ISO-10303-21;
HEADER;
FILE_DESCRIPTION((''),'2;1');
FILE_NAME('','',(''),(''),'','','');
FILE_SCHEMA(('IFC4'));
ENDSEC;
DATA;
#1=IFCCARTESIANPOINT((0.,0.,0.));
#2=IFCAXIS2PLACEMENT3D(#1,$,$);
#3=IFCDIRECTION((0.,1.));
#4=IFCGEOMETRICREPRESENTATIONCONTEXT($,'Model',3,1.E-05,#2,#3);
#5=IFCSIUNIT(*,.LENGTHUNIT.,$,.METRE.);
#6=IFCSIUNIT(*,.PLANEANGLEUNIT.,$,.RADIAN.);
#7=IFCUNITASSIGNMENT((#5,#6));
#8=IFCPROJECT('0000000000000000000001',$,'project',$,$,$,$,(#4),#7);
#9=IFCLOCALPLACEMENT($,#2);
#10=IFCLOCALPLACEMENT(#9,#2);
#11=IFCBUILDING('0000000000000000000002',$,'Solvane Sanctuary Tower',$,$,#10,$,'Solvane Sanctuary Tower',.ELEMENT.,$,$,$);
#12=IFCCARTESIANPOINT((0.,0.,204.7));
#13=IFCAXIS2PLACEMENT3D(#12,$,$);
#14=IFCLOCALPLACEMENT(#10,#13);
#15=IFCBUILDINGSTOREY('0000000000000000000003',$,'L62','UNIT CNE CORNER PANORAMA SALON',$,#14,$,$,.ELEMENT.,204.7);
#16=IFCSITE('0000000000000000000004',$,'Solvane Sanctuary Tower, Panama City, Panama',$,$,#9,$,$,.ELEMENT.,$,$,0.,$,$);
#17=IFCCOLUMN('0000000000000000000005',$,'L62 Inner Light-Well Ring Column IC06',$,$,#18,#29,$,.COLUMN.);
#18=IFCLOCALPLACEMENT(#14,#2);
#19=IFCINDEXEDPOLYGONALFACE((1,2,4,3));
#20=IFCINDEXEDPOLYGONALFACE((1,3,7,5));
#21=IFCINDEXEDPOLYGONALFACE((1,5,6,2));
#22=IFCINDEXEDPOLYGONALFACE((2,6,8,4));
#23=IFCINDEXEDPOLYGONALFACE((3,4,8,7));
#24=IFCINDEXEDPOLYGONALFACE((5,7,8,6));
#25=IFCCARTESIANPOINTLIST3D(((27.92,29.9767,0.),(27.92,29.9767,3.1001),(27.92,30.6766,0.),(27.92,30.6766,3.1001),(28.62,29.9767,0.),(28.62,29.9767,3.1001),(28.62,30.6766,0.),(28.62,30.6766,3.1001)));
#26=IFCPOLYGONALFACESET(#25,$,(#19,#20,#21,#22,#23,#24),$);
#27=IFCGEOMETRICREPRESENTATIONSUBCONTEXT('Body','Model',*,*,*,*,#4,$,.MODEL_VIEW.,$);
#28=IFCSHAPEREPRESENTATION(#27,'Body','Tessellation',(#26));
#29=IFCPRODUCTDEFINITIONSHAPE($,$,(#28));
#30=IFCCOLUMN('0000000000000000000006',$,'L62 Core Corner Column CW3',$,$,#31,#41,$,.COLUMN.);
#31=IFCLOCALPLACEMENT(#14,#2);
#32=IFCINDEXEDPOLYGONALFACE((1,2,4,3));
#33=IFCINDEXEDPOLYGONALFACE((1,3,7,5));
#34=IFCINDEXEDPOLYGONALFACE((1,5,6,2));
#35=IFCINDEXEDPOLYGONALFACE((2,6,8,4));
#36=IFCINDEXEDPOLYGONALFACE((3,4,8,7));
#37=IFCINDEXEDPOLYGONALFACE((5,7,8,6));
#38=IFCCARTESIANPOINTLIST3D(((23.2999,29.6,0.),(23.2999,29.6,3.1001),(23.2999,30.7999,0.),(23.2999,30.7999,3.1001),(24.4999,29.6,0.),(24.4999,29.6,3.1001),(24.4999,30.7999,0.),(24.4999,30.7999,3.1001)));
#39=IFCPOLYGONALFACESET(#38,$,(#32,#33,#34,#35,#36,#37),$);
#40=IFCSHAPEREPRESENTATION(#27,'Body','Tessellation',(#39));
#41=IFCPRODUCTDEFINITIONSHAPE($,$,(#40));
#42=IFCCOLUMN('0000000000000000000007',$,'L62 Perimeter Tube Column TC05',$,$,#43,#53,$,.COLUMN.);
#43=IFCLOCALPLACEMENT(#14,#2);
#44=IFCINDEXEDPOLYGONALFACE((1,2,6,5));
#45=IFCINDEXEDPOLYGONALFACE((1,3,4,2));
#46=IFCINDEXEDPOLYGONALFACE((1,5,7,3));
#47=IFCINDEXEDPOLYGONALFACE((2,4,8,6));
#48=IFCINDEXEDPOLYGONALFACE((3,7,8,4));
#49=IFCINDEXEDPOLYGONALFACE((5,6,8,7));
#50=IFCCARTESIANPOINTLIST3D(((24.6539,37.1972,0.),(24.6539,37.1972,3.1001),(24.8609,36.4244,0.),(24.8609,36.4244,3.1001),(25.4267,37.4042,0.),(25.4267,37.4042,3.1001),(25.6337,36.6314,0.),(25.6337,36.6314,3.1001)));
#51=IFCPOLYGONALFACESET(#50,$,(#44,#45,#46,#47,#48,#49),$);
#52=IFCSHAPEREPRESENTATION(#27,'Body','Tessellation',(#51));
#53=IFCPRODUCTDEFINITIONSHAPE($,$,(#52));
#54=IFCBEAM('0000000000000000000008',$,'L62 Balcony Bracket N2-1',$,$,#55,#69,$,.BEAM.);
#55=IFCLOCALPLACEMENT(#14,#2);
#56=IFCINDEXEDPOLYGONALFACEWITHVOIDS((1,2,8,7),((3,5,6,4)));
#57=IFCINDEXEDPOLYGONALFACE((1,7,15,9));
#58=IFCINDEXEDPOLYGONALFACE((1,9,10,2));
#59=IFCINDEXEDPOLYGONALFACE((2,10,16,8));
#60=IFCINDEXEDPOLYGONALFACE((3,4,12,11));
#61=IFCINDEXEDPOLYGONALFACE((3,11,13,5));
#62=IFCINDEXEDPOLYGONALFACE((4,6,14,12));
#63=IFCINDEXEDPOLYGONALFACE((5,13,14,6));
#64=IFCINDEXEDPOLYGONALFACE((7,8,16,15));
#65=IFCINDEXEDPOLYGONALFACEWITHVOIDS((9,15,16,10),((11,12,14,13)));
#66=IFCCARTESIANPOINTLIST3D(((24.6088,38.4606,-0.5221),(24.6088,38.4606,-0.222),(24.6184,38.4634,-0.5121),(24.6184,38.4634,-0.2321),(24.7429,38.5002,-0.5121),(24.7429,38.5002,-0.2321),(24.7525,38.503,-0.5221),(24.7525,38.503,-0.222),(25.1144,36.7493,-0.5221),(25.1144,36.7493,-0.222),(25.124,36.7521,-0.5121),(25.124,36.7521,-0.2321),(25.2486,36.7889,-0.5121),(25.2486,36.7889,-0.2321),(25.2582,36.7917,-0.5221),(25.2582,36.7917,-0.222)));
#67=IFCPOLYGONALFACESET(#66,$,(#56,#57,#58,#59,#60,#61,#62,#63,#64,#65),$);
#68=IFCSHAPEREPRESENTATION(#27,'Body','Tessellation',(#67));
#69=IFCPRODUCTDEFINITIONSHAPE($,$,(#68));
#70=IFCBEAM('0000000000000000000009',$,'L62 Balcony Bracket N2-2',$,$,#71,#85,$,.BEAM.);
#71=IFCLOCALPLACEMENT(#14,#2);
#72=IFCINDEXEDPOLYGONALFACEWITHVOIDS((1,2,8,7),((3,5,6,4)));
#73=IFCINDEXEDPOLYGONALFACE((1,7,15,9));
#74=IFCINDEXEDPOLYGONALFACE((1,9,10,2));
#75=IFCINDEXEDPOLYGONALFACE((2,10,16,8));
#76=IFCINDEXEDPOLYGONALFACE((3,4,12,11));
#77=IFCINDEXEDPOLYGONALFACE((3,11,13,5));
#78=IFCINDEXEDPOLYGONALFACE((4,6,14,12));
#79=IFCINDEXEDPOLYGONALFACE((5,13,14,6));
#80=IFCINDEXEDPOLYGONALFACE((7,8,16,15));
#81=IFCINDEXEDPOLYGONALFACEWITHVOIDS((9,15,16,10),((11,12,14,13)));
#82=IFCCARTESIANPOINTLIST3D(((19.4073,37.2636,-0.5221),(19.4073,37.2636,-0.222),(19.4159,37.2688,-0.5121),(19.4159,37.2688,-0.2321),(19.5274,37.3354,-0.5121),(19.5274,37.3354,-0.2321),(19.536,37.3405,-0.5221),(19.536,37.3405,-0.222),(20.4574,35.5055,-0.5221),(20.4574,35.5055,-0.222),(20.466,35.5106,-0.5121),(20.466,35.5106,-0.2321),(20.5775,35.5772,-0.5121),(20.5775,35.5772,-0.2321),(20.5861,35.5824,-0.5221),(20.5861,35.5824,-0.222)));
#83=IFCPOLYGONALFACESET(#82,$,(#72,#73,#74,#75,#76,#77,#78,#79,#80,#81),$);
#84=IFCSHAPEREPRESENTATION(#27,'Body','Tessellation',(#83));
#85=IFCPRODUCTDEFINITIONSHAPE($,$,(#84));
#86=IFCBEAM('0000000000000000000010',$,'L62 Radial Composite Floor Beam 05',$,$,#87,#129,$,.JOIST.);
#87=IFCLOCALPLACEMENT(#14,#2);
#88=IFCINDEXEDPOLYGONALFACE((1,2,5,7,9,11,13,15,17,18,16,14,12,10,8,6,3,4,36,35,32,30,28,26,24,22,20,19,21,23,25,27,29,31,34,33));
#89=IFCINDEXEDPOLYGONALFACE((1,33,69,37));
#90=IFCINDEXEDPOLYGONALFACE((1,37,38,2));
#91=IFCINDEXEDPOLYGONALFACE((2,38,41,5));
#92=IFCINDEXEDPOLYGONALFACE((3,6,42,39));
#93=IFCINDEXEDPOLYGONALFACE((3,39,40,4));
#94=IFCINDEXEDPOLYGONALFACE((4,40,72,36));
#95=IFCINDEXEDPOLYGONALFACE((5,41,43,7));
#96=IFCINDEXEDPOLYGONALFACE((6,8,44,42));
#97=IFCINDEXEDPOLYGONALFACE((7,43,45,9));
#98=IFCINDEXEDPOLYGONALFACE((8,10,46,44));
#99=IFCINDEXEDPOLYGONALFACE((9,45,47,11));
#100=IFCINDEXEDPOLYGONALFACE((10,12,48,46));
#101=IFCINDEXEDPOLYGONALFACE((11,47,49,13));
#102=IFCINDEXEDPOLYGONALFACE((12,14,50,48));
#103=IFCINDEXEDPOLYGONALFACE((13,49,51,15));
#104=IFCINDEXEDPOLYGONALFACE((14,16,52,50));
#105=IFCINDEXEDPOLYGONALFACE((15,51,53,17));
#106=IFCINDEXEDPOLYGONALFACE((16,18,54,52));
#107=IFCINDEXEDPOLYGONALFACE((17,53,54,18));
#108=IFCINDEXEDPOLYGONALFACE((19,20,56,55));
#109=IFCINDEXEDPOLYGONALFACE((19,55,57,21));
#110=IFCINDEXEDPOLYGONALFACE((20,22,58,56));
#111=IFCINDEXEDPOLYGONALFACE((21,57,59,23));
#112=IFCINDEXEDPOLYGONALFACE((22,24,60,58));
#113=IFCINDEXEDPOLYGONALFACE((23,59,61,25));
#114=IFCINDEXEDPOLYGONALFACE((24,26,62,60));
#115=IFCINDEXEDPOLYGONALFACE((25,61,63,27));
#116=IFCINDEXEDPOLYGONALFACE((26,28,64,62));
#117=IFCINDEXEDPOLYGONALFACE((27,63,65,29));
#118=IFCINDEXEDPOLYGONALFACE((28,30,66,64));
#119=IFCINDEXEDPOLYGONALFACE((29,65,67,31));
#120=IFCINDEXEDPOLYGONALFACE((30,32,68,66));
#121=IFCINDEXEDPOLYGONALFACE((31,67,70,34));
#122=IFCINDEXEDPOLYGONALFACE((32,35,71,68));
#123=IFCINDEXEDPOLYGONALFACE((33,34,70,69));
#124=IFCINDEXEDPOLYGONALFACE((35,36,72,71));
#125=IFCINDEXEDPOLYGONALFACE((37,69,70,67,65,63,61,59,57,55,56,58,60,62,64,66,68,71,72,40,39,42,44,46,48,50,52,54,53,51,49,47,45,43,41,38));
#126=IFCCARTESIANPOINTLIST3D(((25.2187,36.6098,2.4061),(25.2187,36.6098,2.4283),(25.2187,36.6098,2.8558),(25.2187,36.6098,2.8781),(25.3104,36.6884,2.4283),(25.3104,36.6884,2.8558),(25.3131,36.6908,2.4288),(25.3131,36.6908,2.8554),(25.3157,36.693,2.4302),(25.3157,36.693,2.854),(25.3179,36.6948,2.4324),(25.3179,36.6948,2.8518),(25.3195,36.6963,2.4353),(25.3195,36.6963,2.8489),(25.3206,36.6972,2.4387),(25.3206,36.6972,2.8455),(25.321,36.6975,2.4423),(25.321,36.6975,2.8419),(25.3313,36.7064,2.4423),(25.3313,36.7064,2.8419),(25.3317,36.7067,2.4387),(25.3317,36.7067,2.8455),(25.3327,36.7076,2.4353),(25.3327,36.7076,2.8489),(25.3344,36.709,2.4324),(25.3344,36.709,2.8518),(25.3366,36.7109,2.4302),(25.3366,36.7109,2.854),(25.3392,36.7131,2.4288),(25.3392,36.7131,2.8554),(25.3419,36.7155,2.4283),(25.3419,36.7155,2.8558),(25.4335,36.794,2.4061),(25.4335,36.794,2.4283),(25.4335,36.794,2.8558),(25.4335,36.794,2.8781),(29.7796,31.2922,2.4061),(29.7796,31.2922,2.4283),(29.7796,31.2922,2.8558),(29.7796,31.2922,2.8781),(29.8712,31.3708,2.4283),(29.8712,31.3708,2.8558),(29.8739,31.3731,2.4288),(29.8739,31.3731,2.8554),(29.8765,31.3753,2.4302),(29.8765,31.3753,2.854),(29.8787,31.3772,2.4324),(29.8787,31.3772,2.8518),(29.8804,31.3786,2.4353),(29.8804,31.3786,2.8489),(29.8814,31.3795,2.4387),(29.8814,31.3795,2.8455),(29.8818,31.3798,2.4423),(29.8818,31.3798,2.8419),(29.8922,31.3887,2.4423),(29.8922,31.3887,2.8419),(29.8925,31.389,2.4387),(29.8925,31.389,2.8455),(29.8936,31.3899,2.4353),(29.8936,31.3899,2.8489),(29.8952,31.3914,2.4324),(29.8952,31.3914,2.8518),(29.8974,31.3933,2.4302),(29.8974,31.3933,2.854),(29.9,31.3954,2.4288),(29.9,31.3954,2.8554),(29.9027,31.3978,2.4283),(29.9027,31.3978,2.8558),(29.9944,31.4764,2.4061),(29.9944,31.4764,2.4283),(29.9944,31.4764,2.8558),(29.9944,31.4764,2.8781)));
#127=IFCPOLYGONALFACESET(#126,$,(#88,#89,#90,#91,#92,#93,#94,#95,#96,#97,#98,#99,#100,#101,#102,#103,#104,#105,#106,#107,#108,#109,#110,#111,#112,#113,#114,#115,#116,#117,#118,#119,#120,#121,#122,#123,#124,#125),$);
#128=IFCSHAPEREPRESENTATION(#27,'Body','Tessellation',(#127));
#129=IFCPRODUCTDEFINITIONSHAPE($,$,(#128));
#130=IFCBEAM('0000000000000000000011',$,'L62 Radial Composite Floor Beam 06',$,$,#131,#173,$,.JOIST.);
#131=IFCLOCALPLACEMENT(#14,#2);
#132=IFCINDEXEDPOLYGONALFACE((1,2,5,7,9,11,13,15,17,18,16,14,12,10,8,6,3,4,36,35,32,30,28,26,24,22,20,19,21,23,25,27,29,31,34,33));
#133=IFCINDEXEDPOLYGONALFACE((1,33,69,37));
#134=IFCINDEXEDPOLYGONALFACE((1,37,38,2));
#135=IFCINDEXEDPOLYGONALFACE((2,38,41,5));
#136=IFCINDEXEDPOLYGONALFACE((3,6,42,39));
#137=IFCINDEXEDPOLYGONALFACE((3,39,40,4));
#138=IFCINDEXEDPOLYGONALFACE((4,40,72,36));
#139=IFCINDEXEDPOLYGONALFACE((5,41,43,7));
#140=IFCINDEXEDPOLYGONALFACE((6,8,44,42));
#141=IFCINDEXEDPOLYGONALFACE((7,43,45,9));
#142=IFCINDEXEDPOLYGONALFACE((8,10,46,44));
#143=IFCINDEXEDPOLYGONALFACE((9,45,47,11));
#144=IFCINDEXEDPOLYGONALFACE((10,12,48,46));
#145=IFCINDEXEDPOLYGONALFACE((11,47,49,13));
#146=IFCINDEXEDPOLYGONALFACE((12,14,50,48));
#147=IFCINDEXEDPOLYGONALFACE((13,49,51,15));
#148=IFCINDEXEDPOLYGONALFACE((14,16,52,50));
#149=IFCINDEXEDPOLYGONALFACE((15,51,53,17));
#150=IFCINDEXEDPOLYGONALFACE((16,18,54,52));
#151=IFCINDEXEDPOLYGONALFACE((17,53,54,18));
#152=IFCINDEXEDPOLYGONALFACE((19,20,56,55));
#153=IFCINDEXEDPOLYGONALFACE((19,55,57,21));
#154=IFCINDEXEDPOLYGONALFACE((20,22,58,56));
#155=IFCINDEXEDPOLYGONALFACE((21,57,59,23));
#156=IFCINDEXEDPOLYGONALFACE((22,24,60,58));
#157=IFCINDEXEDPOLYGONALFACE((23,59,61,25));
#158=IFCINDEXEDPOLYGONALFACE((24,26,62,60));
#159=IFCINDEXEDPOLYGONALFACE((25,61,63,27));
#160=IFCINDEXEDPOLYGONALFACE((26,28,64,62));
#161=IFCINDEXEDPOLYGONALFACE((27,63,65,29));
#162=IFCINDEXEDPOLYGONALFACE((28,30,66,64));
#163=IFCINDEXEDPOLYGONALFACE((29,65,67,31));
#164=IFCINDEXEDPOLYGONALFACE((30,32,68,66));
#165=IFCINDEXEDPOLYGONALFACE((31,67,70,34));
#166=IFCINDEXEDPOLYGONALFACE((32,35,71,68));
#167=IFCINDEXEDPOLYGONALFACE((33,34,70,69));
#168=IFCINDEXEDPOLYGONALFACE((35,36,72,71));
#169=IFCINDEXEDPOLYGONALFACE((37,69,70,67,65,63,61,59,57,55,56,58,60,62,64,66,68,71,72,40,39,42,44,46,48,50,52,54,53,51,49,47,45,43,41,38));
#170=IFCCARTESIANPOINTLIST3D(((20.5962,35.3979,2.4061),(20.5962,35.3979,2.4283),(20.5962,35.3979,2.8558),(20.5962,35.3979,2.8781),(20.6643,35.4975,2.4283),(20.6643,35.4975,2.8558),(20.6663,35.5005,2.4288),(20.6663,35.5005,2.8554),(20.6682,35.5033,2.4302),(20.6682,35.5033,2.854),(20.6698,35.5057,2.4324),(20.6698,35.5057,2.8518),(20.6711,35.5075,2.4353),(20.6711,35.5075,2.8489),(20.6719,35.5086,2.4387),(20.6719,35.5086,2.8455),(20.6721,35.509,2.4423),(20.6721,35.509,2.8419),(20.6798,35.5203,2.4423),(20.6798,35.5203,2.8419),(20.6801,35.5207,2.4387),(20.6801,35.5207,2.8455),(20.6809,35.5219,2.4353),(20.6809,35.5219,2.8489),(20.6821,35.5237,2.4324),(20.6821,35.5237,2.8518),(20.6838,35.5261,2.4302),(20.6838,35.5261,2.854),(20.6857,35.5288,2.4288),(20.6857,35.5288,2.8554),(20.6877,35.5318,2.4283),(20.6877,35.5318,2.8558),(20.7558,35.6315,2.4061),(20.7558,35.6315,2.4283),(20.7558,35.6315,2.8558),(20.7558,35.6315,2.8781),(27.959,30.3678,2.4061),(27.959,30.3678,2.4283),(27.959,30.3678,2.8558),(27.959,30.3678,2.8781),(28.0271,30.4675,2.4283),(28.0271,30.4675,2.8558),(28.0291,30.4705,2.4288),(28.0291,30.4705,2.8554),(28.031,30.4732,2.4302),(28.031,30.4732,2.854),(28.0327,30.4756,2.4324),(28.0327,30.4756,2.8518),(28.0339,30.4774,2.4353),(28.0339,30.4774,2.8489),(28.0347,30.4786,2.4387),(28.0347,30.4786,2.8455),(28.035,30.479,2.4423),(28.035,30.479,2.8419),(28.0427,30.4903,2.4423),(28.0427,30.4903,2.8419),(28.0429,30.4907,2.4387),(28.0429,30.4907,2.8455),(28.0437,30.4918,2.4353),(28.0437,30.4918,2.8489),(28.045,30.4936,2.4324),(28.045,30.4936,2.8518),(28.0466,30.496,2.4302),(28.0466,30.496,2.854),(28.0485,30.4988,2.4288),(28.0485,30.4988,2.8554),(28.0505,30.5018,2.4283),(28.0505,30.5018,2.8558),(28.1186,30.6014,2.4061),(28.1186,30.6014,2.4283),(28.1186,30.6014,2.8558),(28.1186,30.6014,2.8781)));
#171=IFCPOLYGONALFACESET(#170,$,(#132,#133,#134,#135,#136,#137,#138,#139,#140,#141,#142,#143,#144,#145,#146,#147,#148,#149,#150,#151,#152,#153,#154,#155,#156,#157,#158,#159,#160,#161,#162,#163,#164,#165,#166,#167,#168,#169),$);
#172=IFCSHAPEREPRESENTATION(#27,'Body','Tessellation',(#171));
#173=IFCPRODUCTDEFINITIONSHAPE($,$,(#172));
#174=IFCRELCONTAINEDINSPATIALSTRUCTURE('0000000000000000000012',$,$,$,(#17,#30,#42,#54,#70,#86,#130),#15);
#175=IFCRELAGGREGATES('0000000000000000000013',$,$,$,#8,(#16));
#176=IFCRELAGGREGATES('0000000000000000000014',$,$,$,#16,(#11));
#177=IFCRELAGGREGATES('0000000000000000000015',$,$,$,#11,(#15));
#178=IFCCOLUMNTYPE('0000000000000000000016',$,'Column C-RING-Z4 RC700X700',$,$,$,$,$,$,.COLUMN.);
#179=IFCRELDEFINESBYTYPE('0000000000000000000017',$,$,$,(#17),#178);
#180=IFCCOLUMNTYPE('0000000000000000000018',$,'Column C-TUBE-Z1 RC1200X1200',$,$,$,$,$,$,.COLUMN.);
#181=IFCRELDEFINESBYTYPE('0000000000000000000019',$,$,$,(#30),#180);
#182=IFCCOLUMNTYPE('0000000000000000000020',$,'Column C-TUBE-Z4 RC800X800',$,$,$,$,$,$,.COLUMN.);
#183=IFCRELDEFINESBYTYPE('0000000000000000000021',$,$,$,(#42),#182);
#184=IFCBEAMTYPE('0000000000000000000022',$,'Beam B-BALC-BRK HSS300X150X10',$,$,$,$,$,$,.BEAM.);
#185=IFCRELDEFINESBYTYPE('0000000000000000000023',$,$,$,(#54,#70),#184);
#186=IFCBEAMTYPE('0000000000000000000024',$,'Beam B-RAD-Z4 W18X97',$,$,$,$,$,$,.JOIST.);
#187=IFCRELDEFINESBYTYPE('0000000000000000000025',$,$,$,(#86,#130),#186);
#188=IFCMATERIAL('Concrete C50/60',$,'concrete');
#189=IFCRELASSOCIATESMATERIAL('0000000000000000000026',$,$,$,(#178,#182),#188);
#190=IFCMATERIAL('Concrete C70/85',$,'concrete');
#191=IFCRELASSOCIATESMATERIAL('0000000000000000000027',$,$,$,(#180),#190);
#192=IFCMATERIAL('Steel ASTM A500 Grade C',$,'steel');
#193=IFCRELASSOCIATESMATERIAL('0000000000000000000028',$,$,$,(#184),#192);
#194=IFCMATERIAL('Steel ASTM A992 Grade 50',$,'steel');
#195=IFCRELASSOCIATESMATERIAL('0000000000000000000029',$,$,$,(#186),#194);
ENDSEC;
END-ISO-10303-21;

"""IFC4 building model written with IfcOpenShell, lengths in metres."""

from ifc_helpers import new_model, si_unit, direction, frame, origin, origin_2d, place, context, subcontext, project, spatial, rectangle, hollow_rectangle, i_section, extrude, material, material_profile, profile_set, type_object, element, save


model = new_model("IFC4")

# Units and contexts
model_context = context("Model", 3, precision=1e-05, world=origin(), true_north=direction((0.0, 1.0)))
body_context = subcontext(model_context, "Body", "Model", "MODEL_VIEW")
ifc_project = project(units=[si_unit("LENGTHUNIT", "METRE"), si_unit("PLANEANGLEUNIT", "RADIAN")], contexts=[model_context])

# Site, building, storey
site_placement = place(None, origin())
site = spatial("IfcSite", under=ifc_project, at=site_placement, Name="Solvane Sanctuary Tower, Panama City, Panama", CompositionType="ELEMENT", RefElevation=0.0)
building_placement = place(site_placement, origin())
building = spatial("IfcBuilding", under=site, at=building_placement, Name="Solvane Sanctuary Tower", LongName="Solvane Sanctuary Tower", CompositionType="ELEMENT")
storey_placement = place(building_placement, frame((0.0, 0.0, 204.7)))
storey = spatial("IfcBuildingStorey", under=building, at=storey_placement, Name="L62", Description="UNIT CNE CORNER PANORAMA SALON", CompositionType="ELEMENT", Elevation=204.7)

# Columns
ifc_material_1 = material(Name="Concrete C50/60", Category="concrete")
ifc_material_profile_1 = material_profile(ifc_material_1, rectangle(XDim=0.7, YDim=0.7, at=origin_2d()), Name="RC700X700")
ifc_profile_set_1 = profile_set([ifc_material_profile_1], Name="Concrete C50/60")
column_type_1 = type_object("IfcColumnType", Name="Column C-RING-Z4 RC700X700", PredefinedType="COLUMN", material=ifc_profile_set_1)
column_1_placement = place(storey_placement, frame((28.27, 30.3267, 0.0), z_axis=(0.0, 0.0, 1.0), x_axis=(1.0, 0.0, 0.0)))
element("IfcColumn", 1, at=column_1_placement, inside=storey, type_object=column_type_1, Name="L62 Inner Light-Well Ring Column IC06", PredefinedType="COLUMN", context=body_context, shape_type="SweptSolid", body=[
    extrude(rectangle(XDim=0.7, YDim=0.7, at=origin_2d()), origin(), (0.0, 0.0, 1.0), 3.1001),
])
ifc_material_2 = material(Name="Concrete C70/85", Category="concrete")
ifc_material_profile_2 = material_profile(ifc_material_2, rectangle(XDim=1.2, YDim=1.2, at=origin_2d()), Name="RC1200X1200")
ifc_profile_set_2 = profile_set([ifc_material_profile_2], Name="Concrete C70/85")
column_type_2 = type_object("IfcColumnType", Name="Column C-TUBE-Z1 RC1200X1200", PredefinedType="COLUMN", material=ifc_profile_set_2)
column_2_placement = place(storey_placement, frame((23.8999, 30.2, 0.0), z_axis=(0.0, 0.0, 1.0), x_axis=(1.0, 0.0, 0.0)))
element("IfcColumn", 2, at=column_2_placement, inside=storey, type_object=column_type_2, Name="L62 Core Corner Column CW3", PredefinedType="COLUMN", context=body_context, shape_type="SweptSolid", body=[
    extrude(rectangle(XDim=1.2, YDim=1.2, at=origin_2d()), origin(), (0.0, 0.0, 1.0), 3.1001),
])
ifc_material_profile_3 = material_profile(ifc_material_1, rectangle(XDim=0.8, YDim=0.8, at=origin_2d()), Name="RC800X800")
ifc_profile_set_3 = profile_set([ifc_material_profile_3], Name="Concrete C50/60")
column_type_3 = type_object("IfcColumnType", Name="Column C-TUBE-Z4 RC800X800", PredefinedType="COLUMN", material=ifc_profile_set_3)
column_3_placement = place(storey_placement, frame((25.1438, 36.9143, 0.0), z_axis=(0.0, 0.0, 1.0), x_axis=(-0.258819, 0.965926, 0.0)))
element("IfcColumn", 3, at=column_3_placement, inside=storey, type_object=column_type_3, Name="L62 Perimeter Tube Column TC05", PredefinedType="COLUMN", context=body_context, shape_type="SweptSolid", body=[
    extrude(rectangle(XDim=0.8, YDim=0.8, at=origin_2d()), origin(), (0.0, 0.0, 1.0), 3.1001),
])

# Beams
ifc_material_3 = material(Name="Steel ASTM A500 Grade C", Category="steel")
ifc_material_profile_4 = material_profile(ifc_material_3, hollow_rectangle(XDim=0.1499, YDim=0.3, WallThickness=0.01, at=origin_2d()), Name="HSS300X150X10")
ifc_profile_set_4 = profile_set([ifc_material_profile_4], Name="Steel ASTM A500 Grade C")
beam_type_1 = type_object("IfcBeamType", Name="Beam B-BALC-BRK HSS300X150X10", PredefinedType="BEAM", material=ifc_profile_set_4)
beam_1_placement = place(storey_placement, frame((25.1863, 36.7705, -0.3721), z_axis=(-0.283366, 0.959012, 0.0), x_axis=(-0.959012, -0.283366, 0.0)))
element("IfcBeam", 4, at=beam_1_placement, inside=storey, type_object=beam_type_1, Name="L62 Balcony Bracket N2-1", PredefinedType="BEAM", context=body_context, shape_type="SweptSolid", body=[
    extrude(hollow_rectangle(XDim=0.1499, YDim=0.3, WallThickness=0.01, at=origin_2d()), origin(), (0.0, 0.0, 1.0), 1.7844),
])
beam_2_placement = place(storey_placement, frame((20.5217, 35.5439, -0.3721), z_axis=(-0.512777, 0.858522, 0.0), x_axis=(-0.858522, -0.512777, 0.0)))
element("IfcBeam", 5, at=beam_2_placement, inside=storey, type_object=beam_type_1, Name="L62 Balcony Bracket N2-2", PredefinedType="BEAM", context=body_context, shape_type="SweptSolid", body=[
    extrude(hollow_rectangle(XDim=0.1499, YDim=0.3, WallThickness=0.01, at=origin_2d()), origin(), (0.0, 0.0, 1.0), 2.0479),
])
ifc_material_4 = material(Name="Steel ASTM A992 Grade 50", Category="steel")
ifc_material_profile_5 = material_profile(ifc_material_4, i_section(OverallWidth=0.283, OverallDepth=0.4719, WebThickness=0.0137, FlangeThickness=0.0222, FilletRadius=0.0139, at=origin_2d()), Name="W18X97")
ifc_profile_set_5 = profile_set([ifc_material_profile_5], Name="Steel ASTM A992 Grade 50")
beam_type_2 = type_object("IfcBeamType", Name="Beam B-RAD-Z4 W18X97", PredefinedType="JOIST", material=ifc_profile_set_5)
beam_3_placement = place(storey_placement, frame((29.887, 31.3843, 2.6421), z_axis=(-0.651024, 0.759057, 0.0), x_axis=(-0.759057, -0.651024, 0.0)))
element("IfcBeam", 6, at=beam_3_placement, inside=storey, type_object=beam_type_2, Name="L62 Radial Composite Floor Beam 05", PredefinedType="JOIST", context=body_context, shape_type="SweptSolid", body=[
    extrude(i_section(OverallWidth=0.283, OverallDepth=0.4719, WebThickness=0.0137, FlangeThickness=0.0222, FilletRadius=0.0139, at=origin_2d()), origin(), (0.0, 0.0, 1.0), 7.0056),
])
beam_4_placement = place(storey_placement, frame((28.0388, 30.4846, 2.6421), z_axis=(-0.825708, 0.564098, 0.0), x_axis=(-0.564098, -0.825708, 0.0)))
element("IfcBeam", 7, at=beam_4_placement, inside=storey, type_object=beam_type_2, Name="L62 Radial Composite Floor Beam 06", PredefinedType="JOIST", context=body_context, shape_type="SweptSolid", body=[
    extrude(i_section(OverallWidth=0.283, OverallDepth=0.4719, WebThickness=0.0137, FlangeThickness=0.0222, FilletRadius=0.0139, at=origin_2d()), origin(), (0.0, 0.0, 1.0), 8.917),
])

save(model, "model.ifc")
